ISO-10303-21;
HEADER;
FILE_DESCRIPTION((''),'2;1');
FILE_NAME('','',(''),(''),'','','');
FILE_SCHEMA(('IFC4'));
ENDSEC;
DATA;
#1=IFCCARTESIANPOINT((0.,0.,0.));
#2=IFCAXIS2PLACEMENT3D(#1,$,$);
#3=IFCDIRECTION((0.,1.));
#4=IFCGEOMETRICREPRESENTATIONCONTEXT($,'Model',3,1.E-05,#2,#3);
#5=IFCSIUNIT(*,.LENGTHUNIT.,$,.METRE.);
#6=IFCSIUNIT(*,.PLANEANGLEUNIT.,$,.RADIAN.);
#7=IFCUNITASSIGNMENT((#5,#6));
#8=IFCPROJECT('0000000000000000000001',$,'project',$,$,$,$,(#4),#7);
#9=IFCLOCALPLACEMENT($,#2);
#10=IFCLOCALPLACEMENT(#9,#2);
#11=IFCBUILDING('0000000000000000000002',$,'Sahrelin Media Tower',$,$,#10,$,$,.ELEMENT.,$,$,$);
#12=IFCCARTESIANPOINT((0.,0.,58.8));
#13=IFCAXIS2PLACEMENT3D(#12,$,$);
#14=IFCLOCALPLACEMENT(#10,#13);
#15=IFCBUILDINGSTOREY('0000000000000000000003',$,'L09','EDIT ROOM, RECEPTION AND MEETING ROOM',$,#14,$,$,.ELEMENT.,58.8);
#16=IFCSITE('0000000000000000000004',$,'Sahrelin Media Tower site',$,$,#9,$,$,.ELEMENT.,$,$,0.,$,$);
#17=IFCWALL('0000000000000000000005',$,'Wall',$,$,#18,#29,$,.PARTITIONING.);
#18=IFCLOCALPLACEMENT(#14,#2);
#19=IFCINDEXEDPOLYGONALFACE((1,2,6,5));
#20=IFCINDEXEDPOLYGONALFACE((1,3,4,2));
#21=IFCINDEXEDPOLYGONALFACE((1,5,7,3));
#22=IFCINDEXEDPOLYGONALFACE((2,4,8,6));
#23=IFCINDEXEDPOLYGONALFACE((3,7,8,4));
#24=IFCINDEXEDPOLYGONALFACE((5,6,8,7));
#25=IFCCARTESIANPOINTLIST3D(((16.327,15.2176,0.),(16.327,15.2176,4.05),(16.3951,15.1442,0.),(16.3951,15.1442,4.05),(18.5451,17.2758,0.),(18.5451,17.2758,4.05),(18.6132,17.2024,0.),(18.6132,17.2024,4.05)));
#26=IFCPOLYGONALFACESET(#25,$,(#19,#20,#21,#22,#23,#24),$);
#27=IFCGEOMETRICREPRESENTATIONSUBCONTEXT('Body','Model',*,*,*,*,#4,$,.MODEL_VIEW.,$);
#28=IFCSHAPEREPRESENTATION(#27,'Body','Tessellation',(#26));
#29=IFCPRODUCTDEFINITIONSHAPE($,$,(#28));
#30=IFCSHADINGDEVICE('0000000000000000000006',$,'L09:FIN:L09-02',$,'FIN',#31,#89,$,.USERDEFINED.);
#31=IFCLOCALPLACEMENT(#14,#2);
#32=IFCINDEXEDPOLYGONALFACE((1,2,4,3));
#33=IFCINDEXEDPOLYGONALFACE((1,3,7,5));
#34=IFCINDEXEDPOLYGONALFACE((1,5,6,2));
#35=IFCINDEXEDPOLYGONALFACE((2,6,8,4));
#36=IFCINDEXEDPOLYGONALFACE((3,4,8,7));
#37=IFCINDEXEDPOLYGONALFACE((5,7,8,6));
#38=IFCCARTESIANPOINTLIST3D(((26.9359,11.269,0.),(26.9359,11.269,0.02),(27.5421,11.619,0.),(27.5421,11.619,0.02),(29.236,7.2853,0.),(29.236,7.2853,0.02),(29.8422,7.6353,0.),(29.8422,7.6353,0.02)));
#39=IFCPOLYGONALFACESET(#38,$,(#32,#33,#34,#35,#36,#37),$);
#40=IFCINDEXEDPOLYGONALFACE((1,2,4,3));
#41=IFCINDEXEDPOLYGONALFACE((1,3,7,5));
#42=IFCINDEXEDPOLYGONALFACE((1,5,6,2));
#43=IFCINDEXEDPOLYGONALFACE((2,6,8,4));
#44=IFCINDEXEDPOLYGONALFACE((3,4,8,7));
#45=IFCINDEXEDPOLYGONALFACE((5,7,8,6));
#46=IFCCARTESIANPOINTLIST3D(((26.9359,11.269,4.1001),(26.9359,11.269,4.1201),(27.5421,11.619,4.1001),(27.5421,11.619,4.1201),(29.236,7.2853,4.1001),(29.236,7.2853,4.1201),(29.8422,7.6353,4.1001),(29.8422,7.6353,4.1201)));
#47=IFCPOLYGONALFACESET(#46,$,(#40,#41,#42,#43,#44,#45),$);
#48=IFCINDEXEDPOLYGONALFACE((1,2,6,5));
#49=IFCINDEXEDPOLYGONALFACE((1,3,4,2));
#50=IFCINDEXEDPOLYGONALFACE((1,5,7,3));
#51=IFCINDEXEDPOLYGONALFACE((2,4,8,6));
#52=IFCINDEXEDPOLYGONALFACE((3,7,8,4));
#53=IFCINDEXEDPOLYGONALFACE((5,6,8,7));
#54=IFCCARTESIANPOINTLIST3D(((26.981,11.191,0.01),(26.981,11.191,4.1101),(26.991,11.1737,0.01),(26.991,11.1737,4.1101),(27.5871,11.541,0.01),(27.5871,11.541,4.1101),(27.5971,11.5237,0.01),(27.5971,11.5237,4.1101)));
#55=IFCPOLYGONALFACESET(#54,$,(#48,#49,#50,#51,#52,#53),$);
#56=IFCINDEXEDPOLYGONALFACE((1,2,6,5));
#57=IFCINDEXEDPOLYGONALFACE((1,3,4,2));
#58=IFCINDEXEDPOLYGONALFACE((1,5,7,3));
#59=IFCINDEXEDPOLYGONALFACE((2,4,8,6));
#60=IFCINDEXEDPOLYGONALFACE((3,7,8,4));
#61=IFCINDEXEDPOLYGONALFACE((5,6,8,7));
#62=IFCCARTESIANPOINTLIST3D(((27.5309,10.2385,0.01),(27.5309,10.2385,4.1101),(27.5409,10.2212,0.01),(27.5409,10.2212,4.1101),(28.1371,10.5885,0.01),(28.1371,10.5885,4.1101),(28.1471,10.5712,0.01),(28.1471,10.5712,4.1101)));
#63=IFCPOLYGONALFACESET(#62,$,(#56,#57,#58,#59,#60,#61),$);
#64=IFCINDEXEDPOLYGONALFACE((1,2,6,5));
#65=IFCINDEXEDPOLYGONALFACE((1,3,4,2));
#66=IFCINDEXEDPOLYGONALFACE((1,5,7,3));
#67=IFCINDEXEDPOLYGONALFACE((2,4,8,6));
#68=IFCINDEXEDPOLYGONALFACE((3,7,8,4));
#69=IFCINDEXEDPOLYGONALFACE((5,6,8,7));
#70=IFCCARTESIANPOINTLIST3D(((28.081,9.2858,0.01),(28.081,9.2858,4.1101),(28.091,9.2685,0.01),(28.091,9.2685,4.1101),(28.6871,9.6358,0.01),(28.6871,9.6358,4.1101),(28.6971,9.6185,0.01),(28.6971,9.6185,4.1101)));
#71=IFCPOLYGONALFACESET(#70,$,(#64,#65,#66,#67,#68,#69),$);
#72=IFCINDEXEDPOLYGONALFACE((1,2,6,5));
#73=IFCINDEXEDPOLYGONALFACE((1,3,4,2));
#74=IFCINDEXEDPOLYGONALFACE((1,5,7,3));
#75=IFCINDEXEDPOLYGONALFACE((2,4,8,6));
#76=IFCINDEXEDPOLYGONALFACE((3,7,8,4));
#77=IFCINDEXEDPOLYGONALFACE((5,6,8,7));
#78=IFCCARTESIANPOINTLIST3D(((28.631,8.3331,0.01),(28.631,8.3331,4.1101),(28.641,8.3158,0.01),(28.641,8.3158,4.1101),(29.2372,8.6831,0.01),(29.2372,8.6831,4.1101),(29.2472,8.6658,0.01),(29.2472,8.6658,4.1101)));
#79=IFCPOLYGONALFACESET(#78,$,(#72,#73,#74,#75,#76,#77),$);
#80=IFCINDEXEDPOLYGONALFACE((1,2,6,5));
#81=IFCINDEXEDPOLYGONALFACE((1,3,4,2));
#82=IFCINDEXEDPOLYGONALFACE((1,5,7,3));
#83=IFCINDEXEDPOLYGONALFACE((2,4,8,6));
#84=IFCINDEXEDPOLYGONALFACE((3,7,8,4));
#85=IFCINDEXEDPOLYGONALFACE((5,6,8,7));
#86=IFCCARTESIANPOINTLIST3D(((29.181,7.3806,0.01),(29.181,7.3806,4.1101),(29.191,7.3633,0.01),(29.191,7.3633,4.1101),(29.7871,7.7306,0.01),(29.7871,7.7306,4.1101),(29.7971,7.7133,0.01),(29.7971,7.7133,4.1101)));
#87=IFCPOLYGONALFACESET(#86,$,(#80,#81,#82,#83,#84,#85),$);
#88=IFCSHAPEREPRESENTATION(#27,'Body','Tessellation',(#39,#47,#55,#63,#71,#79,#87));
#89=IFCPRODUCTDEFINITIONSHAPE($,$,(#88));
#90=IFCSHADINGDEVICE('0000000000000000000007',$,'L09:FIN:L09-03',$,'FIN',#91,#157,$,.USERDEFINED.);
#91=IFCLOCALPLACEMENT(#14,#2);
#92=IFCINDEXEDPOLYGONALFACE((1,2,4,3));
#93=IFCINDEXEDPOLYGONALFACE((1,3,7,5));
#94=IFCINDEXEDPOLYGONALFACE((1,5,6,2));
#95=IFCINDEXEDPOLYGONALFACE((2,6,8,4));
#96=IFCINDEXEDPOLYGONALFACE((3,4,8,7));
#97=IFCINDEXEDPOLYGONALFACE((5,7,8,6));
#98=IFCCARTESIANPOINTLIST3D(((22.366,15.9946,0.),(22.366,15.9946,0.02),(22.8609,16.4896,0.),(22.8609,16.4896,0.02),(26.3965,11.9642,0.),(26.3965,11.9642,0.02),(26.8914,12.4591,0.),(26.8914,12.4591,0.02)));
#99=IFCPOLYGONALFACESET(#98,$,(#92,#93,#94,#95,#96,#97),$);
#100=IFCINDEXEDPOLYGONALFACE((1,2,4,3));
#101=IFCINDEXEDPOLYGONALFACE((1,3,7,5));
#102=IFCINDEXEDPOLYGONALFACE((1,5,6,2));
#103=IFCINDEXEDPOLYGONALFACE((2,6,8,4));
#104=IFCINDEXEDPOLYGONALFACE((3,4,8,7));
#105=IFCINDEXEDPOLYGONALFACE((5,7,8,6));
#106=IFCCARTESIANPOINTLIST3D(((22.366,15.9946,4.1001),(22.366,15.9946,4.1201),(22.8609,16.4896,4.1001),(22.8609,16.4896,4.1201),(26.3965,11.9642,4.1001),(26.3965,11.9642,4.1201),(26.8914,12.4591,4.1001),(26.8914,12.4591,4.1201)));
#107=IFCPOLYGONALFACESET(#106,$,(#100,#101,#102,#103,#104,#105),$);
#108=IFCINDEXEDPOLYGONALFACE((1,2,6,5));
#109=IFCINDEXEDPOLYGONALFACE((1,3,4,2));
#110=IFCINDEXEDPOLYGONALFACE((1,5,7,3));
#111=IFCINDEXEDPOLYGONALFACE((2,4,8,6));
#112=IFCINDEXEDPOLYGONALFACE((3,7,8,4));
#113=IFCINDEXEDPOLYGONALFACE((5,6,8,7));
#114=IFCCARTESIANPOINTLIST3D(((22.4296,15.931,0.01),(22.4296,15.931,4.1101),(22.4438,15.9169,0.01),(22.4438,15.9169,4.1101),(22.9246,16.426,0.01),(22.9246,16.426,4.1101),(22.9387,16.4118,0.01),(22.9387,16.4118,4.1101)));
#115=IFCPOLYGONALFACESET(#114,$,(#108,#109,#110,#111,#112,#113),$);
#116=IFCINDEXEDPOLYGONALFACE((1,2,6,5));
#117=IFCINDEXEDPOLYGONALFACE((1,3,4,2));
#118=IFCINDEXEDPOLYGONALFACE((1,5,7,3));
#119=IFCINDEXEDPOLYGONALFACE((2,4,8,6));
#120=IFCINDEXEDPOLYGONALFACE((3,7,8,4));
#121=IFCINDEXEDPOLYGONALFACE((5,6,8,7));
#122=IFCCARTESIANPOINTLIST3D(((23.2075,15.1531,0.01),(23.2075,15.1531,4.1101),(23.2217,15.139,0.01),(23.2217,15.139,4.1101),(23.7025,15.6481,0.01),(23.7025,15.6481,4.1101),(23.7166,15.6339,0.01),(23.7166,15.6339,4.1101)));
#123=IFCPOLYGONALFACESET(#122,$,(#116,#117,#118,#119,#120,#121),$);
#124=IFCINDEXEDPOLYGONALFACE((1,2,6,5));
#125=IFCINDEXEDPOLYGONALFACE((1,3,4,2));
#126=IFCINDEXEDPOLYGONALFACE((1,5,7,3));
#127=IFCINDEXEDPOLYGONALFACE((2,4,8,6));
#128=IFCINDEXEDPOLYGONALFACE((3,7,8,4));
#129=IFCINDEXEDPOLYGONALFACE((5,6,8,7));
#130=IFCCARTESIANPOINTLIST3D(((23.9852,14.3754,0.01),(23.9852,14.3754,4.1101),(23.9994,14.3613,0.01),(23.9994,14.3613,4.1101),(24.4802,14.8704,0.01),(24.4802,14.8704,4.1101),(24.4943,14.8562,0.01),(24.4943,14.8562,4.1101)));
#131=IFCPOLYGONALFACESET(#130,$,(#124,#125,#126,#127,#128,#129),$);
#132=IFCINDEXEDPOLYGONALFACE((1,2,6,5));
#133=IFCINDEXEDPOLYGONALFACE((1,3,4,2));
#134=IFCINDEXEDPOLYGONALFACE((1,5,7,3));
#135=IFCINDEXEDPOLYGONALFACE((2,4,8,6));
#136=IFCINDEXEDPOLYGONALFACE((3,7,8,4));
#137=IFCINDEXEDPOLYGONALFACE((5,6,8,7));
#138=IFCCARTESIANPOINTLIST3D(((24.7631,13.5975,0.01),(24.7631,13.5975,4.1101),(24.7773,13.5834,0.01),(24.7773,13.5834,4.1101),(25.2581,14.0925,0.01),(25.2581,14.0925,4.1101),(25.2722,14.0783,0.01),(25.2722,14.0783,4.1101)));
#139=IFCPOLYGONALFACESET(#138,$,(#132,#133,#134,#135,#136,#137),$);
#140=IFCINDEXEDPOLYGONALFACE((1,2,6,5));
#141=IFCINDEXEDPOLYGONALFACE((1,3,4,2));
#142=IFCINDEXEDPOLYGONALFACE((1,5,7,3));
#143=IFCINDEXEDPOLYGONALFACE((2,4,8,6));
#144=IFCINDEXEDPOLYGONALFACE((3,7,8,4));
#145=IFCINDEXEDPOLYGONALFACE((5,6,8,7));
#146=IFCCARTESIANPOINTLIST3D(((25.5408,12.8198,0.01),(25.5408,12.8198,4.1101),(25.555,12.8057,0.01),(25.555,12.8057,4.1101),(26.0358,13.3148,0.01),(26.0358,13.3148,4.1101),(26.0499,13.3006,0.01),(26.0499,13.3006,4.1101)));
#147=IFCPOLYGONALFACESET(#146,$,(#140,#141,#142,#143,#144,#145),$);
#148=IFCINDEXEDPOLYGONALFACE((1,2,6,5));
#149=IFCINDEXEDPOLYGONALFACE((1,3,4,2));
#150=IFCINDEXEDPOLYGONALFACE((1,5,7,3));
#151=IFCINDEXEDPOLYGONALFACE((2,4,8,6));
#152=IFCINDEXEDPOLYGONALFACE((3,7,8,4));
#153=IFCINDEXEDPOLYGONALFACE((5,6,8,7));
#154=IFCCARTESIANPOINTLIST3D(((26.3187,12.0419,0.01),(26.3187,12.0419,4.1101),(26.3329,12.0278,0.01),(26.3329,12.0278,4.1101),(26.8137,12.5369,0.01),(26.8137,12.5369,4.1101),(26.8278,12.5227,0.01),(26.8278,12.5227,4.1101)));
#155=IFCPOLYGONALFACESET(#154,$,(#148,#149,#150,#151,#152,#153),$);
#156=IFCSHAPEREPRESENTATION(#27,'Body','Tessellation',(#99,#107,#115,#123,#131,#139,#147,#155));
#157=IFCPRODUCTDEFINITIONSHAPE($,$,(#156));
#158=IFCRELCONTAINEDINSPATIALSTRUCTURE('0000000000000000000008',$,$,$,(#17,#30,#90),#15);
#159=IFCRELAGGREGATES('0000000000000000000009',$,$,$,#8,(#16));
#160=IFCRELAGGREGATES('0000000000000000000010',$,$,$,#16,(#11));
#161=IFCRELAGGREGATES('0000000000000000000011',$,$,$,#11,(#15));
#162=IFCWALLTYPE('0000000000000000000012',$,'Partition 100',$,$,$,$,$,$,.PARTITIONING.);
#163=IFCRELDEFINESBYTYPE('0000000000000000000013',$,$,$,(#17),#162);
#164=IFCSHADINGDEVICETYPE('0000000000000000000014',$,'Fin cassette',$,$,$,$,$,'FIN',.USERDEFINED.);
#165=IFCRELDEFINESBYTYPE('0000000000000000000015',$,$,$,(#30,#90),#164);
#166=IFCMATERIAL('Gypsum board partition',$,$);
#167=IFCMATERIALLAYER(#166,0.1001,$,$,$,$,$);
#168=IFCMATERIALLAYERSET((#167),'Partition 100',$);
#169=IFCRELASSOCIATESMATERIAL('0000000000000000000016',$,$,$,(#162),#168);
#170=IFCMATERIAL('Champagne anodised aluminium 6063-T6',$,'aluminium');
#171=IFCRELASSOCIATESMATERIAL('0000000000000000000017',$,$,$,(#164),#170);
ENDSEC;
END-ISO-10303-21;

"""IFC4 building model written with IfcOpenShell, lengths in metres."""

from ifc_helpers import new_model, si_unit, direction, frame, frame_2d, origin, origin_2d, place, context, subcontext, project, spatial, rectangle, extrude, material, layer, layer_set, type_object, element, save


model = new_model("IFC4")

# Units and contexts
model_context = context("Model", 3, precision=1e-05, world=origin(), true_north=direction((0.0, 1.0)))
body_context = subcontext(model_context, "Body", "Model", "MODEL_VIEW")
ifc_project = project(units=[si_unit("LENGTHUNIT", "METRE"), si_unit("PLANEANGLEUNIT", "RADIAN")], contexts=[model_context])

# Site, building, storey
site_placement = place(None, origin())
site = spatial("IfcSite", under=ifc_project, at=site_placement, Name="Sahrelin Media Tower site", CompositionType="ELEMENT", RefElevation=0.0)
building_placement = place(site_placement, origin())
building = spatial("IfcBuilding", under=site, at=building_placement, Name="Sahrelin Media Tower", CompositionType="ELEMENT")
storey_placement = place(building_placement, frame((0.0, 0.0, 58.8)))
storey = spatial("IfcBuildingStorey", under=building, at=storey_placement, Name="L09", Description="EDIT ROOM, RECEPTION AND MEETING ROOM", CompositionType="ELEMENT", Elevation=58.8)

# Shared definitions
ifc_material_1 = material(Name="Champagne anodised aluminium 6063-T6", Category="aluminium")

# Shared definitions
ifc_material_2 = material(Name="Gypsum board partition")
ifc_layer_1 = layer(ifc_material_2, 0.1001)
ifc_layer_set_1 = layer_set([ifc_layer_1], Name="Partition 100")
wall_type_1 = type_object("IfcWallType", Name="Partition 100", PredefinedType="PARTITIONING", material=ifc_layer_set_1)

# Wall
wall_1_placement = place(storey_placement, frame((16.3611, 15.1809, 0.0), z_axis=(0.0, 0.0, 1.0), x_axis=(0.733038, 0.680188, 0.0)))
element("IfcWall", 1, at=wall_1_placement, inside=storey, type_object=wall_type_1, Name="Wall", PredefinedType="PARTITIONING", context=body_context, shape_type="SweptSolid", body=[
    extrude(rectangle(XDim=3.0259, YDim=0.1001, at=frame_2d((1.5129, 0.0))), origin(), (0.0, 0.0, 1.0), 4.05),
])

# Shading devices
shading_device_type_1 = type_object("IfcShadingDeviceType", Name="Fin cassette", ElementType="FIN", PredefinedType="USERDEFINED", material=ifc_material_1)
shading_device_1_placement = place(storey_placement, frame((28.0254, 9.2422, 0.0), z_axis=(0.0, 0.0, 1.0), x_axis=(0.500011, -0.866019, 0.0)))
element("IfcShadingDevice", 2, at=shading_device_1_placement, inside=storey, type_object=shading_device_type_1, Name="L09:FIN:L09-02", ObjectType="FIN", PredefinedType="USERDEFINED", context=body_context, shape_type="SweptSolid", body=[
    extrude(rectangle(XDim=4.6001, YDim=0.7, at=origin_2d()), frame((0.0, 0.4199, 0.0)), (0.0, 0.0, 1.0), 0.02),
    extrude(rectangle(XDim=4.6001, YDim=0.7, at=origin_2d()), frame((0.0, 0.4199, 4.1001)), (0.0, 0.0, 1.0), 0.02),
    extrude(rectangle(XDim=0.02, YDim=0.7, at=origin_2d()), frame((-2.2, 0.4199, 0.01), z_axis=(0.0, 0.0, 1.0), x_axis=(1.0, 0.0, 0.0)), (0.0, 0.0, 1.0), 4.1001),
    extrude(rectangle(XDim=0.02, YDim=0.7, at=origin_2d()), frame((-1.1001, 0.4199, 0.01), z_axis=(0.0, 0.0, 1.0), x_axis=(1.0, 0.0, 0.0)), (0.0, 0.0, 1.0), 4.1001),
    extrude(rectangle(XDim=0.02, YDim=0.7, at=origin_2d()), frame((0.0, 0.4199, 0.01), z_axis=(0.0, 0.0, 1.0), x_axis=(1.0, 0.0, 0.0)), (0.0, 0.0, 1.0), 4.1001),
    extrude(rectangle(XDim=0.02, YDim=0.7, at=origin_2d()), frame((1.1001, 0.4199, 0.01), z_axis=(0.0, 0.0, 1.0), x_axis=(1.0, 0.0, 0.0)), (0.0, 0.0, 1.0), 4.1001),
    extrude(rectangle(XDim=0.02, YDim=0.7, at=origin_2d()), frame((2.2, 0.4199, 0.01), z_axis=(0.0, 0.0, 1.0), x_axis=(1.0, 0.0, 0.0)), (0.0, 0.0, 1.0), 4.1001),
])
placement_1 = place(storey_placement, frame((24.3318, 13.9299, 0.0), z_axis=(0.0, 0.0, 1.0), x_axis=(0.707107, -0.707107, 0.0)))
element("IfcShadingDevice", 3, at=placement_1, inside=storey, type_object=shading_device_type_1, Name="L09:FIN:L09-03", ObjectType="FIN", PredefinedType="USERDEFINED", context=body_context, shape_type="SweptSolid", body=[
    extrude(rectangle(XDim=5.7, YDim=0.7, at=origin_2d()), frame((0.0, 0.4199, 0.0)), (0.0, 0.0, 1.0), 0.02),
    extrude(rectangle(XDim=5.7, YDim=0.7, at=origin_2d()), frame((0.0, 0.4199, 4.1001)), (0.0, 0.0, 1.0), 0.02),
    extrude(rectangle(XDim=0.02, YDim=0.7, at=origin_2d()), frame((-2.75, 0.4199, 0.01), z_axis=(0.0, 0.0, 1.0), x_axis=(1.0, 0.0, 0.0)), (0.0, 0.0, 1.0), 4.1001),
    extrude(rectangle(XDim=0.02, YDim=0.7, at=origin_2d()), frame((-1.6499, 0.4199, 0.01), z_axis=(0.0, 0.0, 1.0), x_axis=(1.0, 0.0, 0.0)), (0.0, 0.0, 1.0), 4.1001),
    extrude(rectangle(XDim=0.02, YDim=0.7, at=origin_2d()), frame((-0.55, 0.4199, 0.01), z_axis=(0.0, 0.0, 1.0), x_axis=(1.0, 0.0, 0.0)), (0.0, 0.0, 1.0), 4.1001),
    extrude(rectangle(XDim=0.02, YDim=0.7, at=origin_2d()), frame((0.55, 0.4199, 0.01), z_axis=(0.0, 0.0, 1.0), x_axis=(1.0, 0.0, 0.0)), (0.0, 0.0, 1.0), 4.1001),
    extrude(rectangle(XDim=0.02, YDim=0.7, at=origin_2d()), frame((1.6499, 0.4199, 0.01), z_axis=(0.0, 0.0, 1.0), x_axis=(1.0, 0.0, 0.0)), (0.0, 0.0, 1.0), 4.1001),
    extrude(rectangle(XDim=0.02, YDim=0.7, at=origin_2d()), frame((2.75, 0.4199, 0.01), z_axis=(0.0, 0.0, 1.0), x_axis=(1.0, 0.0, 0.0)), (0.0, 0.0, 1.0), 4.1001),
])

save(model, "model.ifc")
